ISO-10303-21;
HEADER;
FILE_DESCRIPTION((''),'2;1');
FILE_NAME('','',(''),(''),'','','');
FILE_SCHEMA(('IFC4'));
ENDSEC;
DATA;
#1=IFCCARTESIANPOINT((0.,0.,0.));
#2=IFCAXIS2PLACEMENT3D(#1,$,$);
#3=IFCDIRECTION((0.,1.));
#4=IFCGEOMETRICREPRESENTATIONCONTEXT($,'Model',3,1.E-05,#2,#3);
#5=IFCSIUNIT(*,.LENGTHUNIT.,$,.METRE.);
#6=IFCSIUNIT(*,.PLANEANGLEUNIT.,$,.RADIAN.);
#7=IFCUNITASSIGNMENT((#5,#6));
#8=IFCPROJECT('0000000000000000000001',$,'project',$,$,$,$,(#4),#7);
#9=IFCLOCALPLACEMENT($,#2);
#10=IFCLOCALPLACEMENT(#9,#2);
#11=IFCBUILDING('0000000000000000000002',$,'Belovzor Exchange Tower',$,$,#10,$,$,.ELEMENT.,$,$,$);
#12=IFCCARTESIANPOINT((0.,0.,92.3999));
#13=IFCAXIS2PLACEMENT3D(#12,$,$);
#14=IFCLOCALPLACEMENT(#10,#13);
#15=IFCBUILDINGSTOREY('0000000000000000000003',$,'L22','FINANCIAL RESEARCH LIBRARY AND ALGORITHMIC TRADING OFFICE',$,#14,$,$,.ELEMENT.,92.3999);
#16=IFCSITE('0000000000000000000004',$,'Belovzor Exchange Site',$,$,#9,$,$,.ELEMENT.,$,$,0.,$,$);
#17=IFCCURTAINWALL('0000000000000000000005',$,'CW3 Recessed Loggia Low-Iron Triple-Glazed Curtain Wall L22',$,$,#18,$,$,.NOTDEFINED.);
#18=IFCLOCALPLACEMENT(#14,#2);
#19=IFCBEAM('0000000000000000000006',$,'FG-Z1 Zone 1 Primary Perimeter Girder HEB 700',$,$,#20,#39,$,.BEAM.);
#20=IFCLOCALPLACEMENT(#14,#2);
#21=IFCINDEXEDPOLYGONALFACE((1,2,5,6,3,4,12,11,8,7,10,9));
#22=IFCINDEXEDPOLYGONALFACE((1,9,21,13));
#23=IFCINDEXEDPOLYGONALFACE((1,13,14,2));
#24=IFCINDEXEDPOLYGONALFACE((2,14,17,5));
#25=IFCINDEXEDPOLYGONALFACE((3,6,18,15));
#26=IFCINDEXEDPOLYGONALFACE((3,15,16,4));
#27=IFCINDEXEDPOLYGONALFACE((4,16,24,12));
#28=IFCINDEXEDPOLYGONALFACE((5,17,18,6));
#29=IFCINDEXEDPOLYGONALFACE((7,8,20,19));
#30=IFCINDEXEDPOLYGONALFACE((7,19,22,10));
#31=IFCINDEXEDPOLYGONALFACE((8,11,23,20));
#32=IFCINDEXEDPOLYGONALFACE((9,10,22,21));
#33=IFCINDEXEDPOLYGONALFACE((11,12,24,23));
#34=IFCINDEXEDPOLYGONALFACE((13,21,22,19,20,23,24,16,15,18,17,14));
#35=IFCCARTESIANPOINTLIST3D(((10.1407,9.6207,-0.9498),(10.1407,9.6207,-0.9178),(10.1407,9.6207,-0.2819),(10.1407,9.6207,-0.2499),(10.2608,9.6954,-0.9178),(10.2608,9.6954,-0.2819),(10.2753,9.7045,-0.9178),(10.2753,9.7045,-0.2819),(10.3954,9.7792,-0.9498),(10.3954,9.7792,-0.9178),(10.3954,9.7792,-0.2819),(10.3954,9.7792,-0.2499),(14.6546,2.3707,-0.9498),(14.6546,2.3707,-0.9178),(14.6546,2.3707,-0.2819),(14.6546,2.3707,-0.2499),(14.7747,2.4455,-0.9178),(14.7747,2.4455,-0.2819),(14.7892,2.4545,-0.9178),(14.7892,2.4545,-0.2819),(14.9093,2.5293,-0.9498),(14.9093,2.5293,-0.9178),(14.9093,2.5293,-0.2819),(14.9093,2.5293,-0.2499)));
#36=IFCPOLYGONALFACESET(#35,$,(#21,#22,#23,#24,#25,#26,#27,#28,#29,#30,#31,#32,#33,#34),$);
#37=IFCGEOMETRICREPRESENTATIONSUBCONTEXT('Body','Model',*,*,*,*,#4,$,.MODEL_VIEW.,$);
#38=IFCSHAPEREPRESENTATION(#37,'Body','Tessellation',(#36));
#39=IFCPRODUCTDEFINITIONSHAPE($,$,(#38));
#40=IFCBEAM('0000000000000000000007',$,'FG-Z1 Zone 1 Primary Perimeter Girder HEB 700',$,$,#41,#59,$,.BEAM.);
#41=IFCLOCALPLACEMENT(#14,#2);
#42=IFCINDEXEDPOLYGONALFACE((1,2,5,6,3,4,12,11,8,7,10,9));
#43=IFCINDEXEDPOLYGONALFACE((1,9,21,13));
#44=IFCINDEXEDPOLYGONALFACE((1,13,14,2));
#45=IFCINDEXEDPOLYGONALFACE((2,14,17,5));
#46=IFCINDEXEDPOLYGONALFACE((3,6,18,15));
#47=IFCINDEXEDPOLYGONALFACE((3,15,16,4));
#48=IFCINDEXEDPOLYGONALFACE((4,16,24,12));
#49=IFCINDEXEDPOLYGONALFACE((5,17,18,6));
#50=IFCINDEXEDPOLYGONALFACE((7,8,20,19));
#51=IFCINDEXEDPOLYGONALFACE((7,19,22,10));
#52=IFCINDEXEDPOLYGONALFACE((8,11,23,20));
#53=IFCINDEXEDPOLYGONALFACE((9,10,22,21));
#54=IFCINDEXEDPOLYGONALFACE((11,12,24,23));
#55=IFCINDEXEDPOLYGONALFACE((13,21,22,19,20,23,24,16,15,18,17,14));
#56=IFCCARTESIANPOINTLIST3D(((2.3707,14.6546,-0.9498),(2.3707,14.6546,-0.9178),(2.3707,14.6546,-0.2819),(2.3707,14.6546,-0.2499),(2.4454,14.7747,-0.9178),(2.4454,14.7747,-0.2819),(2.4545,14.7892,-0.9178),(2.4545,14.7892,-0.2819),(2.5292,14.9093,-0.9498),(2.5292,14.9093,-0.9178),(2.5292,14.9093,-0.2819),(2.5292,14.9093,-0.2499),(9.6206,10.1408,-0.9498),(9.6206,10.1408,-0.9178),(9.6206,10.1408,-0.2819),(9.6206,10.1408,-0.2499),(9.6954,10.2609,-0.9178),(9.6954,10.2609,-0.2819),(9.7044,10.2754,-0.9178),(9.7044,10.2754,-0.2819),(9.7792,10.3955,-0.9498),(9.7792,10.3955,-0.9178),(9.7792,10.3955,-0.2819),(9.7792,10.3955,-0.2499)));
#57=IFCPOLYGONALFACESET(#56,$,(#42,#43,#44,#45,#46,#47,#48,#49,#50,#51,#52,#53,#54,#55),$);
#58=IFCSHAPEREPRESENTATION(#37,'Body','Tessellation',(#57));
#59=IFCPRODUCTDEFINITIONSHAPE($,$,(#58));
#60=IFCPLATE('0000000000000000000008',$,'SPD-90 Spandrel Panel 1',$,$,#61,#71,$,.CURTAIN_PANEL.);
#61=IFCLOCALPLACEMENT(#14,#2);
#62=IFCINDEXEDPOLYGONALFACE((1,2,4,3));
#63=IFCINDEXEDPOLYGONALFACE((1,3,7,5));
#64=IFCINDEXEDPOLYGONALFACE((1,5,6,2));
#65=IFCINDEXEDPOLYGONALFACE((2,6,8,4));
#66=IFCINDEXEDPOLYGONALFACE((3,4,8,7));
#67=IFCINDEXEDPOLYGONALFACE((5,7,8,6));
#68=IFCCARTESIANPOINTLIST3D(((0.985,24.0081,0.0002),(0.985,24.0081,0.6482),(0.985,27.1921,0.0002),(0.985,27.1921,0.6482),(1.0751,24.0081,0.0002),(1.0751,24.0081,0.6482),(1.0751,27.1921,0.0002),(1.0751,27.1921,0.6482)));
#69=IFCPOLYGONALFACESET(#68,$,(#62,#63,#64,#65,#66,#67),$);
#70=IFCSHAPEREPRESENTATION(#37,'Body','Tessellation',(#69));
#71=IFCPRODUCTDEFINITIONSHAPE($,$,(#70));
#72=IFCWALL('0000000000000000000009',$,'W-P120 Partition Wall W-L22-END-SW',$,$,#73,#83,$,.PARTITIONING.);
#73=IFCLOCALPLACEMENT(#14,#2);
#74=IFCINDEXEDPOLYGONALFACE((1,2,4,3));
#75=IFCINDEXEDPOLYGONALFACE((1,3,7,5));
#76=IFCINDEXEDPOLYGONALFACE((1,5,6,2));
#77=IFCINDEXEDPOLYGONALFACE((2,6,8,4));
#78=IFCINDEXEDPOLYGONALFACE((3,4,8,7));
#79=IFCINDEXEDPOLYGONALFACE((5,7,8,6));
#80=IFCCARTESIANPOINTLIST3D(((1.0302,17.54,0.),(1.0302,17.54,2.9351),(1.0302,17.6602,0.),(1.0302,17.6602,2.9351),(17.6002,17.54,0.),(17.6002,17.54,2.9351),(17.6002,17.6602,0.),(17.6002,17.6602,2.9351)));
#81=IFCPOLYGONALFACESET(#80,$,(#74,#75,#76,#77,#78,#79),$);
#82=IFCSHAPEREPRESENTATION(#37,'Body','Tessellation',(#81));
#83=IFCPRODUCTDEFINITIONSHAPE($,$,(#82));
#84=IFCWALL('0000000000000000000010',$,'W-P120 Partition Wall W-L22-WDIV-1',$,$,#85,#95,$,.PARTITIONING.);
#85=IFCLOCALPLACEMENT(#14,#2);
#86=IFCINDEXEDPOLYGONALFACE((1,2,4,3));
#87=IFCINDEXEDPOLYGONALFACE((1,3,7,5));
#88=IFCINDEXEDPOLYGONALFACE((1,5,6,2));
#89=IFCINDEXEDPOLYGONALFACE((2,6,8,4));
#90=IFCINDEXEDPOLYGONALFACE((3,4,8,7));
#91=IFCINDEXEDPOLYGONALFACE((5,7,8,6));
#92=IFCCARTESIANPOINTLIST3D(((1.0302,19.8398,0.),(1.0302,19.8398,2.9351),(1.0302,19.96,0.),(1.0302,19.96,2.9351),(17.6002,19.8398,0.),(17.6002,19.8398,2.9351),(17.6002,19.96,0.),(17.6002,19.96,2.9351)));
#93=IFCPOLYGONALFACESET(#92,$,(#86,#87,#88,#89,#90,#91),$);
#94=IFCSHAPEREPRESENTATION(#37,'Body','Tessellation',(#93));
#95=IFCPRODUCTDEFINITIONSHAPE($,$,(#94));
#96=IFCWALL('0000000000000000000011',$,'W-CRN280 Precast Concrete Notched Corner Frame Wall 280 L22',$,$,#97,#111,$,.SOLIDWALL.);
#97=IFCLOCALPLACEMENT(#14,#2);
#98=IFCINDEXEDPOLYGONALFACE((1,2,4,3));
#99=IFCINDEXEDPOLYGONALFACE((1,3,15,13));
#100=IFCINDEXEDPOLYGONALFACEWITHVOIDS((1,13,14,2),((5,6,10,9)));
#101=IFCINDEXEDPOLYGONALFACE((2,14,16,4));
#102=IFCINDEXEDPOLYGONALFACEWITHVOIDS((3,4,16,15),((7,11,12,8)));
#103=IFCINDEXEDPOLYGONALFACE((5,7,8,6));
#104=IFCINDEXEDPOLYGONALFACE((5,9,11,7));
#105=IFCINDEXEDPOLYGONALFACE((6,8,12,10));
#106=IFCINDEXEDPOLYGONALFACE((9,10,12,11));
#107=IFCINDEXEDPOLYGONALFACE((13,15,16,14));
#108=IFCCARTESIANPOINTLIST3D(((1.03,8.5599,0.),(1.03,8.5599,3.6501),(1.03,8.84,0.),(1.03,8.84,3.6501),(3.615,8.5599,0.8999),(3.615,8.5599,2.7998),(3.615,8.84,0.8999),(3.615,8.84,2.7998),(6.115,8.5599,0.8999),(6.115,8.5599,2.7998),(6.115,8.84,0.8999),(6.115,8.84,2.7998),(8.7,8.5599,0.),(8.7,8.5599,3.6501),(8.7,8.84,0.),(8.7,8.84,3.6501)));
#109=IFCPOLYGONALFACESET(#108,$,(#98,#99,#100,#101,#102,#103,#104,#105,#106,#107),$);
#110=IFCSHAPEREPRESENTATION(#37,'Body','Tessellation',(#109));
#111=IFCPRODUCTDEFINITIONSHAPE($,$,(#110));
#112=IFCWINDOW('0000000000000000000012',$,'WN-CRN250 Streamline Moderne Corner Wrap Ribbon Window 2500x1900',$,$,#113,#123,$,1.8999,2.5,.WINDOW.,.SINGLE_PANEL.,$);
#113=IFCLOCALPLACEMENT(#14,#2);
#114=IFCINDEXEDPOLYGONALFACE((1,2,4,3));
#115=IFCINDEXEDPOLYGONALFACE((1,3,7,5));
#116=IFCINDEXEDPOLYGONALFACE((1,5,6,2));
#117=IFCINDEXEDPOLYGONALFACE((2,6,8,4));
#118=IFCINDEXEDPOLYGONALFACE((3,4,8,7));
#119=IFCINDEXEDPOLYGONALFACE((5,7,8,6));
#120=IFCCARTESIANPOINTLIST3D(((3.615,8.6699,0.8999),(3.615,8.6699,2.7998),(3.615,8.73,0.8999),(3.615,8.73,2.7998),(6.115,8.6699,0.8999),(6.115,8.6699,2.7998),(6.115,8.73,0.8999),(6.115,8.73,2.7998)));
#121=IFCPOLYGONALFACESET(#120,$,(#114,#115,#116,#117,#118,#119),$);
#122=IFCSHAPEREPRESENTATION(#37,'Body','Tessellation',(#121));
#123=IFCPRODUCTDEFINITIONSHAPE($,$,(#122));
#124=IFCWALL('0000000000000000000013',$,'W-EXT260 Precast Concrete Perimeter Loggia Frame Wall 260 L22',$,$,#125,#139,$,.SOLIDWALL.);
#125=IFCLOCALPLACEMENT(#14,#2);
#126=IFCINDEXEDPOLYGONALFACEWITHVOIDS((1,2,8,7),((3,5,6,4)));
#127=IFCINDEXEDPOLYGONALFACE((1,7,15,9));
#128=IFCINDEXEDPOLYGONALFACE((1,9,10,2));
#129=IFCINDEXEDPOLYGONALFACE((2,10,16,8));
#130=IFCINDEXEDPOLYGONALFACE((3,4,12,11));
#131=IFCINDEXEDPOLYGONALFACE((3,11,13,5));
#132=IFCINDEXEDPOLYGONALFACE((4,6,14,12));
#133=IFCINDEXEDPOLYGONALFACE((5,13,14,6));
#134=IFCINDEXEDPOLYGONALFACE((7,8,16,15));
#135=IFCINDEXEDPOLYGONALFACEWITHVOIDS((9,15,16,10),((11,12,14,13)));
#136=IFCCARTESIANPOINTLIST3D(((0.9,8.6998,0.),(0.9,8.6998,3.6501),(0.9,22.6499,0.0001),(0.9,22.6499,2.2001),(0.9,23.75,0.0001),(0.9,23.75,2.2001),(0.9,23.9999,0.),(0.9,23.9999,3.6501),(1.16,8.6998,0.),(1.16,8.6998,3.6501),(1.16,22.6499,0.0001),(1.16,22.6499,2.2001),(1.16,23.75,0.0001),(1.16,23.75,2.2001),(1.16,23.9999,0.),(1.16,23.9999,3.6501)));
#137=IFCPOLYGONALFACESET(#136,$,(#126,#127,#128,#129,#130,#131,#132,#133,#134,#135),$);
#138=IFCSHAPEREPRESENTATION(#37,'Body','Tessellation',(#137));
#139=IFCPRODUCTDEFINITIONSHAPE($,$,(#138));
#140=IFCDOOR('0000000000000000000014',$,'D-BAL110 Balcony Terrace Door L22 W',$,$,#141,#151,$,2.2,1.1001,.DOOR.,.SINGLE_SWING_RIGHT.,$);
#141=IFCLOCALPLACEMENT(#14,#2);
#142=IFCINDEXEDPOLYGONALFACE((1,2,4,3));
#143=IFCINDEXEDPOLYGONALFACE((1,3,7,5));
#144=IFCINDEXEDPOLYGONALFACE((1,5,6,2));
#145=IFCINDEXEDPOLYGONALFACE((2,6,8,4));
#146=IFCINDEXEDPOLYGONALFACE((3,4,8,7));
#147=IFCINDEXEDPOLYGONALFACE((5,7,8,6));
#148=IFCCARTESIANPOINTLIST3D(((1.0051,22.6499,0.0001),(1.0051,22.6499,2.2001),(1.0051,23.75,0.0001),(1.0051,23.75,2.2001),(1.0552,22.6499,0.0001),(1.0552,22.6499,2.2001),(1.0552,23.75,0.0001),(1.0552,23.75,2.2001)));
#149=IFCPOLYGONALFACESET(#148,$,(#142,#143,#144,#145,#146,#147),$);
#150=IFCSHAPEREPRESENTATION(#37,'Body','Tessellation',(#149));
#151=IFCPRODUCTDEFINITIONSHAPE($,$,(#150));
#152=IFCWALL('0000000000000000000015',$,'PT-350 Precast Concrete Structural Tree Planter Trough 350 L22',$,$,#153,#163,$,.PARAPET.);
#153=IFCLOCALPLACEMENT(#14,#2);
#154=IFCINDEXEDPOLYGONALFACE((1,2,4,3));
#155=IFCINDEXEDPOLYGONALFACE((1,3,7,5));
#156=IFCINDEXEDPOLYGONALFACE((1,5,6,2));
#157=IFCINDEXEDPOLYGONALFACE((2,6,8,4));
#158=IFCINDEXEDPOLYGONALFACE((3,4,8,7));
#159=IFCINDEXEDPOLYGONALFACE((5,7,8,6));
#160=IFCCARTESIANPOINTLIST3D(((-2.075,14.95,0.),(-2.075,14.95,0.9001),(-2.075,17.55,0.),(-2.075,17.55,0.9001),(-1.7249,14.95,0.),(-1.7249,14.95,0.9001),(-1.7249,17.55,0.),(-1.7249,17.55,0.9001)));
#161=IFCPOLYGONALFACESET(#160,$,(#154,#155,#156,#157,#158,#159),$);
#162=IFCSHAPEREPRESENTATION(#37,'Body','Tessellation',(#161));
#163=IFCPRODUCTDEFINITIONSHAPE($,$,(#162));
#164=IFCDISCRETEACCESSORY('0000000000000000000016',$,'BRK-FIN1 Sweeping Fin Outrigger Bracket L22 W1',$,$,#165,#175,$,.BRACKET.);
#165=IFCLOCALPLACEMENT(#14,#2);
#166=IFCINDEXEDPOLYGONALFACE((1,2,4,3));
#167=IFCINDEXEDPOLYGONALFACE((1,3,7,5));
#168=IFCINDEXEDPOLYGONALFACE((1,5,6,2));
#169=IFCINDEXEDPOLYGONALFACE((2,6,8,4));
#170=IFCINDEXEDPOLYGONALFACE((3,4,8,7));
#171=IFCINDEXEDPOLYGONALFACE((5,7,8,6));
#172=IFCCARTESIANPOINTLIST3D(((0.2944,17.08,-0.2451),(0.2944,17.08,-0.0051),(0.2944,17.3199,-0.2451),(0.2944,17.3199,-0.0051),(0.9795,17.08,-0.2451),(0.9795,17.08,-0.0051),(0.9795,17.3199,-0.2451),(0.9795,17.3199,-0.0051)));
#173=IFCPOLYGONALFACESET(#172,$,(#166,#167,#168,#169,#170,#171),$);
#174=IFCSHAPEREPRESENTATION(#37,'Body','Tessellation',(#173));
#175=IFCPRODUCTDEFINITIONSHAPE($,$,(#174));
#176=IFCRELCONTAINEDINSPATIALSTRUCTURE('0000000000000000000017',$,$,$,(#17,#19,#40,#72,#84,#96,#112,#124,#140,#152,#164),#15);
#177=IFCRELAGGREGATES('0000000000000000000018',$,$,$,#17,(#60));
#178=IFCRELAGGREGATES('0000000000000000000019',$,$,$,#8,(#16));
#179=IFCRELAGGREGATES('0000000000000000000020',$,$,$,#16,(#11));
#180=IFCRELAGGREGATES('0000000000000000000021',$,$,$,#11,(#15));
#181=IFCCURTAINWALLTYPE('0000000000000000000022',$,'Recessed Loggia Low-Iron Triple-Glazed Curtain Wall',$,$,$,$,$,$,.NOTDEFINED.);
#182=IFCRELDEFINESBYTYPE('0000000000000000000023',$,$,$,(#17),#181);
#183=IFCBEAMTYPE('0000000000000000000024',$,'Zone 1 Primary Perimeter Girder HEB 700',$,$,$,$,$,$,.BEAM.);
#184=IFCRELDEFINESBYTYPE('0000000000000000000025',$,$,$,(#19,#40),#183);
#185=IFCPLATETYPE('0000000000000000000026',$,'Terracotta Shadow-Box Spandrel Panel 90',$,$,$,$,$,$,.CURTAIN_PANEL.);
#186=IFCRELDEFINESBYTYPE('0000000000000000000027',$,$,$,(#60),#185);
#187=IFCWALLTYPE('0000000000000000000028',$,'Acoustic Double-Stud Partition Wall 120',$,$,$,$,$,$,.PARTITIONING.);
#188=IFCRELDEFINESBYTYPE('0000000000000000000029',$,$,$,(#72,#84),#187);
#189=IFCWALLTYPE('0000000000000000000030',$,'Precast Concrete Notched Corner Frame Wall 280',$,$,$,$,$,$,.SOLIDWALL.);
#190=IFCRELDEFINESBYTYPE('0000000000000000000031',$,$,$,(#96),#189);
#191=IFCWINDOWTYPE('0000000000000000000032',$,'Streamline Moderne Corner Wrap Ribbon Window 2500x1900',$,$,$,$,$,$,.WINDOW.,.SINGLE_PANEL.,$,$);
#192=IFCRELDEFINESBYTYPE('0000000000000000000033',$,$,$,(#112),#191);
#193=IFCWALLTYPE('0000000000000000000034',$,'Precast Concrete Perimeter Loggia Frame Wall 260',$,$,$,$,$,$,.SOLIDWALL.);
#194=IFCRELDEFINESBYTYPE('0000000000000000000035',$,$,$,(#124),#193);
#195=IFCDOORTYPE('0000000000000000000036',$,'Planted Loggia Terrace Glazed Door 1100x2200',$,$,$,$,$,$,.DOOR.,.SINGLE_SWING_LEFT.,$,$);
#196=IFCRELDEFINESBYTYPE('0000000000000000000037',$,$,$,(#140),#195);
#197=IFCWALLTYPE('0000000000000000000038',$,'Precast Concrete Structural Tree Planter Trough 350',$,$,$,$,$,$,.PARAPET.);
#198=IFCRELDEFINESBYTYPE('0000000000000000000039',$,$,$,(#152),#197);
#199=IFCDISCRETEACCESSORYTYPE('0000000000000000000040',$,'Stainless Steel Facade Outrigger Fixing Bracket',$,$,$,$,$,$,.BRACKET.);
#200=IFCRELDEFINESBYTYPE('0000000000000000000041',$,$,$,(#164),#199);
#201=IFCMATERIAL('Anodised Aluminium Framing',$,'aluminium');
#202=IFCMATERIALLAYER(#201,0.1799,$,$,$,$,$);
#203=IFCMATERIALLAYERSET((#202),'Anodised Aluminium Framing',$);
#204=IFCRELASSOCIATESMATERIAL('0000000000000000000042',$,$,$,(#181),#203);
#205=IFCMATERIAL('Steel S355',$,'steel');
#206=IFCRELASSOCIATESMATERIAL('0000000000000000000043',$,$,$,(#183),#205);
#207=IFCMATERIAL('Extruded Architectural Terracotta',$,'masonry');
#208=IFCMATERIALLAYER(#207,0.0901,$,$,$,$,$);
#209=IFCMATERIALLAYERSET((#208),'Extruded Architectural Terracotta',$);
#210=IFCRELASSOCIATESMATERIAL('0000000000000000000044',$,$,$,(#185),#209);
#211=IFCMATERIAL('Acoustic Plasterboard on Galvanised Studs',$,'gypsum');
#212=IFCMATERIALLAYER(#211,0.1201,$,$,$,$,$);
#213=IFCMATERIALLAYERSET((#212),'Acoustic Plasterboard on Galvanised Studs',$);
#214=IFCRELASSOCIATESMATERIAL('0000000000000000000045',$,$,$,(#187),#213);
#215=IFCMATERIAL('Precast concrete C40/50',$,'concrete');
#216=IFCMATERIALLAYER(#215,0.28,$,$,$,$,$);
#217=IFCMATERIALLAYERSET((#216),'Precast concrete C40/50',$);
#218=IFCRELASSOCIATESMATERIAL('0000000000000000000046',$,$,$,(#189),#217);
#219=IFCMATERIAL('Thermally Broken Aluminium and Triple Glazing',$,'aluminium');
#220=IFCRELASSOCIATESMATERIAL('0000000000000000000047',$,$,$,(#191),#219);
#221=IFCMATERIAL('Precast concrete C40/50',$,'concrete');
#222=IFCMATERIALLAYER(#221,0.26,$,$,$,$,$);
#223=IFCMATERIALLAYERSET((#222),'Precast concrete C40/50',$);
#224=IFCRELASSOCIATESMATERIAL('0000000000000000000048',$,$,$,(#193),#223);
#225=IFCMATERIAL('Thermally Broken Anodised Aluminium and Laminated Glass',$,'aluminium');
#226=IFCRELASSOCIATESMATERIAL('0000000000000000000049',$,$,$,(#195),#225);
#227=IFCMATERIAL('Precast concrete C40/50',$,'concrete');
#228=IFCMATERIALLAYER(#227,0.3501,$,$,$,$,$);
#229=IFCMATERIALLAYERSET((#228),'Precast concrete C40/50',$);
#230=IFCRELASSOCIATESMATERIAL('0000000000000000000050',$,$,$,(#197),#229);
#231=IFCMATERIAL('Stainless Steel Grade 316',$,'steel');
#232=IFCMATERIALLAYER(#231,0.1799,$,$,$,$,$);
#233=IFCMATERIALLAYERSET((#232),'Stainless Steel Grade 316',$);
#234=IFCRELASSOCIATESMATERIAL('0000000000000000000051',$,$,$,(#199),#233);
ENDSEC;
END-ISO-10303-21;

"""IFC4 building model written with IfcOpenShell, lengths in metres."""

from ifc_helpers import new_model, si_unit, direction, frame, frame_2d, origin, origin_2d, place, context, subcontext, project, spatial, rectangle, i_section, extrude, material, layer, layer_set, material_profile, profile_set, type_object, element, fill, aggregate, save


model = new_model("IFC4")

# Units and contexts
model_context = context("Model", 3, precision=1e-05, world=origin(), true_north=direction((0.0, 1.0)))
body_context = subcontext(model_context, "Body", "Model", "MODEL_VIEW")
ifc_project = project(units=[si_unit("LENGTHUNIT", "METRE"), si_unit("PLANEANGLEUNIT", "RADIAN")], contexts=[model_context])

# Site, building, storey
site_placement = place(None, origin())
site = spatial("IfcSite", under=ifc_project, at=site_placement, Name="Belovzor Exchange Site", CompositionType="ELEMENT", RefElevation=0.0)
building_placement = place(site_placement, origin())
building = spatial("IfcBuilding", under=site, at=building_placement, Name="Belovzor Exchange Tower", CompositionType="ELEMENT")
storey_placement = place(building_placement, frame((0.0, 0.0, 92.3999)))
storey = spatial("IfcBuildingStorey", under=building, at=storey_placement, Name="L22", Description="FINANCIAL RESEARCH LIBRARY AND ALGORITHMIC TRADING OFFICE", CompositionType="ELEMENT", Elevation=92.3999)

# Curtain wall
ifc_material_1 = material(Name="Anodised Aluminium Framing", Category="aluminium")
ifc_layer_1 = layer(ifc_material_1, 0.1799)
ifc_layer_set_1 = layer_set([ifc_layer_1], Name="Anodised Aluminium Framing")
curtain_wall_type = type_object("IfcCurtainWallType", Name="Recessed Loggia Low-Iron Triple-Glazed Curtain Wall", PredefinedType="NOTDEFINED", material=ifc_layer_set_1)
curtain_wall_placement = place(storey_placement, origin())
curtain_wall = element("IfcCurtainWall", 1, at=curtain_wall_placement, inside=storey, type_object=curtain_wall_type, Name="CW3 Recessed Loggia Low-Iron Triple-Glazed Curtain Wall L22", PredefinedType="NOTDEFINED")

# Beams
ifc_material_2 = material(Name="Steel S355", Category="steel")
ifc_material_profile_1 = material_profile(ifc_material_2, i_section(OverallWidth=0.3, OverallDepth=0.7, WebThickness=0.0171, FlangeThickness=0.032, at=origin_2d()))
ifc_profile_set_1 = profile_set([ifc_material_profile_1], Name="Steel S355")
beam_type_1 = type_object("IfcBeamType", Name="Zone 1 Primary Perimeter Girder HEB 700", PredefinedType="BEAM", material=ifc_profile_set_1)
for number, where, z_axis, x_axis, name in (
    (2, (10.2681, 9.7, -0.5999), (0.528539, -0.848909, 0.0), (0.848909, 0.528539, 0.0), "FG-Z1 Zone 1 Primary Perimeter Girder HEB 700"),
    (3, (2.45, 14.782, -0.5999), (0.848909, -0.528539, 0.0), (0.528539, 0.848909, 0.0), "FG-Z1 Zone 1 Primary Perimeter Girder HEB 700"),
):
    element("IfcBeam", number, at=place(storey_placement, frame(where, z_axis=z_axis, x_axis=x_axis)), inside=storey, type_object=beam_type_1, Name=name, PredefinedType="BEAM", context=body_context, shape_type="SweptSolid", body=[
        extrude(i_section(OverallWidth=0.3, OverallDepth=0.7, WebThickness=0.0171, FlangeThickness=0.032, at=origin_2d()), origin(), (0.0, 0.0, 1.0), 8.5403),
    ])

# Plate
ifc_material_3 = material(Name="Extruded Architectural Terracotta", Category="masonry")
ifc_layer_2 = layer(ifc_material_3, 0.0901)
ifc_layer_set_2 = layer_set([ifc_layer_2], Name="Extruded Architectural Terracotta")
plate_type = type_object("IfcPlateType", Name="Terracotta Shadow-Box Spandrel Panel 90", PredefinedType="CURTAIN_PANEL", material=ifc_layer_set_2)
plate_placement = place(storey_placement, frame((1.03, 25.6001, 0.0002), z_axis=(0.0, 0.0, 1.0), x_axis=(0.0, 1.0, 0.0)))
plate = element("IfcPlate", 4, at=plate_placement, type_object=plate_type, Name="SPD-90 Spandrel Panel 1", PredefinedType="CURTAIN_PANEL", context=body_context, shape_type="SweptSolid", body=[
    extrude(rectangle(XDim=3.1841, YDim=0.0901, at=origin_2d()), origin(), (0.0, 0.0, 1.0), 0.6479),
])
aggregate(curtain_wall, [plate])

# Walls
ifc_material_4 = material(Name="Acoustic Plasterboard on Galvanised Studs", Category="gypsum")
ifc_layer_3 = layer(ifc_material_4, 0.1201)
ifc_layer_set_3 = layer_set([ifc_layer_3], Name="Acoustic Plasterboard on Galvanised Studs")
wall_type_1 = type_object("IfcWallType", Name="Acoustic Double-Stud Partition Wall 120", PredefinedType="PARTITIONING", material=ifc_layer_set_3)
for number, where, z_axis, x_axis, name in (
    (5, (1.03, 17.6001, 0.0), (0.0, 0.0, 1.0), (1.0, 0.0, 0.0), "W-P120 Partition Wall W-L22-END-SW"),
    (6, (1.03, 19.8999, 0.0), (0.0, 0.0, 1.0), (1.0, 0.0, 0.0), "W-P120 Partition Wall W-L22-WDIV-1"),
):
    element("IfcWall", number, at=place(storey_placement, frame(where, z_axis=z_axis, x_axis=x_axis)), inside=storey, type_object=wall_type_1, Name=name, PredefinedType="PARTITIONING", context=body_context, shape_type="SweptSolid", body=[
        extrude(rectangle(XDim=16.5701, YDim=0.1201, at=frame_2d((8.2852, 0.0))), origin(), (0.0, 0.0, 1.0), 2.9351),
    ])

# Wall, opening, window
ifc_material_5 = material(Name="Precast concrete C40/50", Category="concrete")
ifc_layer_4 = layer(ifc_material_5, 0.28)
ifc_layer_set_4 = layer_set([ifc_layer_4], Name="Precast concrete C40/50")
wall_type_2 = type_object("IfcWallType", Name="Precast Concrete Notched Corner Frame Wall 280", PredefinedType="SOLIDWALL", material=ifc_layer_set_4)
wall_1_placement = place(storey_placement, frame((8.7, 8.7, 0.0), z_axis=(0.0, 0.0, 1.0), x_axis=(-1.0, 0.0, 0.0)))
wall_1 = element("IfcWall", 7, at=wall_1_placement, inside=storey, type_object=wall_type_2, Name="W-CRN280 Precast Concrete Notched Corner Frame Wall 280 L22", PredefinedType="SOLIDWALL", context=body_context, shape_type="SweptSolid", body=[
    extrude(rectangle(XDim=7.6699, YDim=0.28, at=frame_2d((3.835, 0.0))), origin(), (0.0, 0.0, 1.0), 3.6501),
])
opening_1_placement = place(wall_1_placement, frame((2.585, 0.0, 0.8999)))
opening_1 = element("IfcOpeningElement", 8, at=opening_1_placement, cuts=wall_1, PredefinedType="OPENING", context=body_context, shape_type="SweptSolid", body=[
    extrude(rectangle(XDim=2.5, YDim=1.8999, at=frame_2d((1.25, 0.95))), frame((0.0, 0.1499, 0.0), z_axis=(0.0, -1.0, 0.0), x_axis=(1.0, 0.0, 0.0)), (0.0, 0.0, 1.0), 0.3),
])
ifc_material_6 = material(Name="Thermally Broken Aluminium and Triple Glazing", Category="aluminium")
window_type = type_object("IfcWindowType", Name="Streamline Moderne Corner Wrap Ribbon Window 2500x1900", PartitioningType="SINGLE_PANEL", PredefinedType="WINDOW", material=ifc_material_6)
window_placement = place(opening_1_placement, origin())
window = element("IfcWindow", 9, at=window_placement, inside=storey, type_object=window_type, Name="WN-CRN250 Streamline Moderne Corner Wrap Ribbon Window 2500x1900", OverallHeight=1.8999, OverallWidth=2.5, PartitioningType="SINGLE_PANEL", PredefinedType="WINDOW", context=body_context, shape_type="SweptSolid", body=[
    extrude(rectangle(XDim=2.5, YDim=1.8999, at=frame_2d((1.25, 0.95))), frame((0.0, 0.03, 0.0), z_axis=(0.0, -1.0, 0.0), x_axis=(1.0, 0.0, 0.0)), (0.0, 0.0, 1.0), 0.0601),
])
fill(opening_1, window)

# Wall, opening, door
ifc_material_7 = material(Name="Precast concrete C40/50", Category="concrete")
ifc_layer_5 = layer(ifc_material_7, 0.26)
ifc_layer_set_5 = layer_set([ifc_layer_5], Name="Precast concrete C40/50")
wall_type_3 = type_object("IfcWallType", Name="Precast Concrete Perimeter Loggia Frame Wall 260", PredefinedType="SOLIDWALL", material=ifc_layer_set_5)
wall_2_placement = place(storey_placement, frame((1.03, 8.7, 0.0), z_axis=(0.0, 0.0, 1.0), x_axis=(0.0, 1.0, 0.0)))
wall_2 = element("IfcWall", 10, at=wall_2_placement, inside=storey, type_object=wall_type_3, Name="W-EXT260 Precast Concrete Perimeter Loggia Frame Wall 260 L22", PredefinedType="SOLIDWALL", context=body_context, shape_type="SweptSolid", body=[
    extrude(rectangle(XDim=15.3, YDim=0.26, at=frame_2d((7.6499, 0.0))), origin(), (0.0, 0.0, 1.0), 3.6501),
])
opening_2_placement = place(wall_2_placement, frame((13.95, 0.0, 0.0)))
opening_2 = element("IfcOpeningElement", 11, at=opening_2_placement, cuts=wall_2, PredefinedType="OPENING", context=body_context, shape_type="SweptSolid", body=[
    extrude(rectangle(XDim=1.1001, YDim=2.2, at=frame_2d((0.55, 1.1001))), frame((0.0, 0.1399, 0.0), z_axis=(0.0, -1.0, 0.0), x_axis=(1.0, 0.0, 0.0)), (0.0, 0.0, 1.0), 0.28),
])
ifc_material_8 = material(Name="Thermally Broken Anodised Aluminium and Laminated Glass", Category="aluminium")
door_type = type_object("IfcDoorType", Name="Planted Loggia Terrace Glazed Door 1100x2200", OperationType="SINGLE_SWING_LEFT", PredefinedType="DOOR", material=ifc_material_8)
door_placement = place(opening_2_placement, origin())
door = element("IfcDoor", 12, at=door_placement, inside=storey, type_object=door_type, Name="D-BAL110 Balcony Terrace Door L22 W", OperationType="SINGLE_SWING_RIGHT", OverallHeight=2.2, OverallWidth=1.1001, PredefinedType="DOOR", context=body_context, shape_type="SweptSolid", body=[
    extrude(rectangle(XDim=1.1001, YDim=2.2, at=frame_2d((0.55, 1.1001))), frame((0.0, 0.0249, 0.0), z_axis=(0.0, -1.0, 0.0), x_axis=(1.0, 0.0, 0.0)), (0.0, 0.0, 1.0), 0.05),
])
fill(opening_2, door)

# Wall
ifc_material_9 = material(Name="Precast concrete C40/50", Category="concrete")
ifc_layer_6 = layer(ifc_material_9, 0.3501)
ifc_layer_set_6 = layer_set([ifc_layer_6], Name="Precast concrete C40/50")
wall_type_4 = type_object("IfcWallType", Name="Precast Concrete Structural Tree Planter Trough 350", PredefinedType="PARAPET", material=ifc_layer_set_6)
wall_3_placement = place(storey_placement, frame((-1.8999, 14.95, 0.0), z_axis=(0.0, 0.0, 1.0), x_axis=(0.0, 1.0, 0.0)))
element("IfcWall", 13, at=wall_3_placement, inside=storey, type_object=wall_type_4, Name="PT-350 Precast Concrete Structural Tree Planter Trough 350 L22", PredefinedType="PARAPET", context=body_context, shape_type="SweptSolid", body=[
    extrude(rectangle(XDim=2.6001, YDim=0.3501, at=frame_2d((1.3, 0.0))), origin(), (0.0, 0.0, 1.0), 0.9001),
])

# Discrete accessory
ifc_material_10 = material(Name="Stainless Steel Grade 316", Category="steel")
ifc_layer_7 = layer(ifc_material_10, 0.1799)
ifc_layer_set_7 = layer_set([ifc_layer_7], Name="Stainless Steel Grade 316")
discrete_accessory_type = type_object("IfcDiscreteAccessoryType", Name="Stainless Steel Facade Outrigger Fixing Bracket", PredefinedType="BRACKET", material=ifc_layer_set_7)
for number, where, z_axis, x_axis, name in (
    (14, (0.637, 17.2, -0.2451), (0.0, 0.0, 1.0), (1.0, 0.0, 0.0), "BRK-FIN1 Sweeping Fin Outrigger Bracket L22 W1"),
):
    element("IfcDiscreteAccessory", number, at=place(storey_placement, frame(where, z_axis=z_axis, x_axis=x_axis)), inside=storey, type_object=discrete_accessory_type, Name=name, PredefinedType="BRACKET", context=body_context, shape_type="SweptSolid", body=[
        extrude(rectangle(XDim=0.6851, YDim=0.24, at=origin_2d()), origin(), (0.0, 0.0, 1.0), 0.24),
    ])

save(model, "model.ifc")
